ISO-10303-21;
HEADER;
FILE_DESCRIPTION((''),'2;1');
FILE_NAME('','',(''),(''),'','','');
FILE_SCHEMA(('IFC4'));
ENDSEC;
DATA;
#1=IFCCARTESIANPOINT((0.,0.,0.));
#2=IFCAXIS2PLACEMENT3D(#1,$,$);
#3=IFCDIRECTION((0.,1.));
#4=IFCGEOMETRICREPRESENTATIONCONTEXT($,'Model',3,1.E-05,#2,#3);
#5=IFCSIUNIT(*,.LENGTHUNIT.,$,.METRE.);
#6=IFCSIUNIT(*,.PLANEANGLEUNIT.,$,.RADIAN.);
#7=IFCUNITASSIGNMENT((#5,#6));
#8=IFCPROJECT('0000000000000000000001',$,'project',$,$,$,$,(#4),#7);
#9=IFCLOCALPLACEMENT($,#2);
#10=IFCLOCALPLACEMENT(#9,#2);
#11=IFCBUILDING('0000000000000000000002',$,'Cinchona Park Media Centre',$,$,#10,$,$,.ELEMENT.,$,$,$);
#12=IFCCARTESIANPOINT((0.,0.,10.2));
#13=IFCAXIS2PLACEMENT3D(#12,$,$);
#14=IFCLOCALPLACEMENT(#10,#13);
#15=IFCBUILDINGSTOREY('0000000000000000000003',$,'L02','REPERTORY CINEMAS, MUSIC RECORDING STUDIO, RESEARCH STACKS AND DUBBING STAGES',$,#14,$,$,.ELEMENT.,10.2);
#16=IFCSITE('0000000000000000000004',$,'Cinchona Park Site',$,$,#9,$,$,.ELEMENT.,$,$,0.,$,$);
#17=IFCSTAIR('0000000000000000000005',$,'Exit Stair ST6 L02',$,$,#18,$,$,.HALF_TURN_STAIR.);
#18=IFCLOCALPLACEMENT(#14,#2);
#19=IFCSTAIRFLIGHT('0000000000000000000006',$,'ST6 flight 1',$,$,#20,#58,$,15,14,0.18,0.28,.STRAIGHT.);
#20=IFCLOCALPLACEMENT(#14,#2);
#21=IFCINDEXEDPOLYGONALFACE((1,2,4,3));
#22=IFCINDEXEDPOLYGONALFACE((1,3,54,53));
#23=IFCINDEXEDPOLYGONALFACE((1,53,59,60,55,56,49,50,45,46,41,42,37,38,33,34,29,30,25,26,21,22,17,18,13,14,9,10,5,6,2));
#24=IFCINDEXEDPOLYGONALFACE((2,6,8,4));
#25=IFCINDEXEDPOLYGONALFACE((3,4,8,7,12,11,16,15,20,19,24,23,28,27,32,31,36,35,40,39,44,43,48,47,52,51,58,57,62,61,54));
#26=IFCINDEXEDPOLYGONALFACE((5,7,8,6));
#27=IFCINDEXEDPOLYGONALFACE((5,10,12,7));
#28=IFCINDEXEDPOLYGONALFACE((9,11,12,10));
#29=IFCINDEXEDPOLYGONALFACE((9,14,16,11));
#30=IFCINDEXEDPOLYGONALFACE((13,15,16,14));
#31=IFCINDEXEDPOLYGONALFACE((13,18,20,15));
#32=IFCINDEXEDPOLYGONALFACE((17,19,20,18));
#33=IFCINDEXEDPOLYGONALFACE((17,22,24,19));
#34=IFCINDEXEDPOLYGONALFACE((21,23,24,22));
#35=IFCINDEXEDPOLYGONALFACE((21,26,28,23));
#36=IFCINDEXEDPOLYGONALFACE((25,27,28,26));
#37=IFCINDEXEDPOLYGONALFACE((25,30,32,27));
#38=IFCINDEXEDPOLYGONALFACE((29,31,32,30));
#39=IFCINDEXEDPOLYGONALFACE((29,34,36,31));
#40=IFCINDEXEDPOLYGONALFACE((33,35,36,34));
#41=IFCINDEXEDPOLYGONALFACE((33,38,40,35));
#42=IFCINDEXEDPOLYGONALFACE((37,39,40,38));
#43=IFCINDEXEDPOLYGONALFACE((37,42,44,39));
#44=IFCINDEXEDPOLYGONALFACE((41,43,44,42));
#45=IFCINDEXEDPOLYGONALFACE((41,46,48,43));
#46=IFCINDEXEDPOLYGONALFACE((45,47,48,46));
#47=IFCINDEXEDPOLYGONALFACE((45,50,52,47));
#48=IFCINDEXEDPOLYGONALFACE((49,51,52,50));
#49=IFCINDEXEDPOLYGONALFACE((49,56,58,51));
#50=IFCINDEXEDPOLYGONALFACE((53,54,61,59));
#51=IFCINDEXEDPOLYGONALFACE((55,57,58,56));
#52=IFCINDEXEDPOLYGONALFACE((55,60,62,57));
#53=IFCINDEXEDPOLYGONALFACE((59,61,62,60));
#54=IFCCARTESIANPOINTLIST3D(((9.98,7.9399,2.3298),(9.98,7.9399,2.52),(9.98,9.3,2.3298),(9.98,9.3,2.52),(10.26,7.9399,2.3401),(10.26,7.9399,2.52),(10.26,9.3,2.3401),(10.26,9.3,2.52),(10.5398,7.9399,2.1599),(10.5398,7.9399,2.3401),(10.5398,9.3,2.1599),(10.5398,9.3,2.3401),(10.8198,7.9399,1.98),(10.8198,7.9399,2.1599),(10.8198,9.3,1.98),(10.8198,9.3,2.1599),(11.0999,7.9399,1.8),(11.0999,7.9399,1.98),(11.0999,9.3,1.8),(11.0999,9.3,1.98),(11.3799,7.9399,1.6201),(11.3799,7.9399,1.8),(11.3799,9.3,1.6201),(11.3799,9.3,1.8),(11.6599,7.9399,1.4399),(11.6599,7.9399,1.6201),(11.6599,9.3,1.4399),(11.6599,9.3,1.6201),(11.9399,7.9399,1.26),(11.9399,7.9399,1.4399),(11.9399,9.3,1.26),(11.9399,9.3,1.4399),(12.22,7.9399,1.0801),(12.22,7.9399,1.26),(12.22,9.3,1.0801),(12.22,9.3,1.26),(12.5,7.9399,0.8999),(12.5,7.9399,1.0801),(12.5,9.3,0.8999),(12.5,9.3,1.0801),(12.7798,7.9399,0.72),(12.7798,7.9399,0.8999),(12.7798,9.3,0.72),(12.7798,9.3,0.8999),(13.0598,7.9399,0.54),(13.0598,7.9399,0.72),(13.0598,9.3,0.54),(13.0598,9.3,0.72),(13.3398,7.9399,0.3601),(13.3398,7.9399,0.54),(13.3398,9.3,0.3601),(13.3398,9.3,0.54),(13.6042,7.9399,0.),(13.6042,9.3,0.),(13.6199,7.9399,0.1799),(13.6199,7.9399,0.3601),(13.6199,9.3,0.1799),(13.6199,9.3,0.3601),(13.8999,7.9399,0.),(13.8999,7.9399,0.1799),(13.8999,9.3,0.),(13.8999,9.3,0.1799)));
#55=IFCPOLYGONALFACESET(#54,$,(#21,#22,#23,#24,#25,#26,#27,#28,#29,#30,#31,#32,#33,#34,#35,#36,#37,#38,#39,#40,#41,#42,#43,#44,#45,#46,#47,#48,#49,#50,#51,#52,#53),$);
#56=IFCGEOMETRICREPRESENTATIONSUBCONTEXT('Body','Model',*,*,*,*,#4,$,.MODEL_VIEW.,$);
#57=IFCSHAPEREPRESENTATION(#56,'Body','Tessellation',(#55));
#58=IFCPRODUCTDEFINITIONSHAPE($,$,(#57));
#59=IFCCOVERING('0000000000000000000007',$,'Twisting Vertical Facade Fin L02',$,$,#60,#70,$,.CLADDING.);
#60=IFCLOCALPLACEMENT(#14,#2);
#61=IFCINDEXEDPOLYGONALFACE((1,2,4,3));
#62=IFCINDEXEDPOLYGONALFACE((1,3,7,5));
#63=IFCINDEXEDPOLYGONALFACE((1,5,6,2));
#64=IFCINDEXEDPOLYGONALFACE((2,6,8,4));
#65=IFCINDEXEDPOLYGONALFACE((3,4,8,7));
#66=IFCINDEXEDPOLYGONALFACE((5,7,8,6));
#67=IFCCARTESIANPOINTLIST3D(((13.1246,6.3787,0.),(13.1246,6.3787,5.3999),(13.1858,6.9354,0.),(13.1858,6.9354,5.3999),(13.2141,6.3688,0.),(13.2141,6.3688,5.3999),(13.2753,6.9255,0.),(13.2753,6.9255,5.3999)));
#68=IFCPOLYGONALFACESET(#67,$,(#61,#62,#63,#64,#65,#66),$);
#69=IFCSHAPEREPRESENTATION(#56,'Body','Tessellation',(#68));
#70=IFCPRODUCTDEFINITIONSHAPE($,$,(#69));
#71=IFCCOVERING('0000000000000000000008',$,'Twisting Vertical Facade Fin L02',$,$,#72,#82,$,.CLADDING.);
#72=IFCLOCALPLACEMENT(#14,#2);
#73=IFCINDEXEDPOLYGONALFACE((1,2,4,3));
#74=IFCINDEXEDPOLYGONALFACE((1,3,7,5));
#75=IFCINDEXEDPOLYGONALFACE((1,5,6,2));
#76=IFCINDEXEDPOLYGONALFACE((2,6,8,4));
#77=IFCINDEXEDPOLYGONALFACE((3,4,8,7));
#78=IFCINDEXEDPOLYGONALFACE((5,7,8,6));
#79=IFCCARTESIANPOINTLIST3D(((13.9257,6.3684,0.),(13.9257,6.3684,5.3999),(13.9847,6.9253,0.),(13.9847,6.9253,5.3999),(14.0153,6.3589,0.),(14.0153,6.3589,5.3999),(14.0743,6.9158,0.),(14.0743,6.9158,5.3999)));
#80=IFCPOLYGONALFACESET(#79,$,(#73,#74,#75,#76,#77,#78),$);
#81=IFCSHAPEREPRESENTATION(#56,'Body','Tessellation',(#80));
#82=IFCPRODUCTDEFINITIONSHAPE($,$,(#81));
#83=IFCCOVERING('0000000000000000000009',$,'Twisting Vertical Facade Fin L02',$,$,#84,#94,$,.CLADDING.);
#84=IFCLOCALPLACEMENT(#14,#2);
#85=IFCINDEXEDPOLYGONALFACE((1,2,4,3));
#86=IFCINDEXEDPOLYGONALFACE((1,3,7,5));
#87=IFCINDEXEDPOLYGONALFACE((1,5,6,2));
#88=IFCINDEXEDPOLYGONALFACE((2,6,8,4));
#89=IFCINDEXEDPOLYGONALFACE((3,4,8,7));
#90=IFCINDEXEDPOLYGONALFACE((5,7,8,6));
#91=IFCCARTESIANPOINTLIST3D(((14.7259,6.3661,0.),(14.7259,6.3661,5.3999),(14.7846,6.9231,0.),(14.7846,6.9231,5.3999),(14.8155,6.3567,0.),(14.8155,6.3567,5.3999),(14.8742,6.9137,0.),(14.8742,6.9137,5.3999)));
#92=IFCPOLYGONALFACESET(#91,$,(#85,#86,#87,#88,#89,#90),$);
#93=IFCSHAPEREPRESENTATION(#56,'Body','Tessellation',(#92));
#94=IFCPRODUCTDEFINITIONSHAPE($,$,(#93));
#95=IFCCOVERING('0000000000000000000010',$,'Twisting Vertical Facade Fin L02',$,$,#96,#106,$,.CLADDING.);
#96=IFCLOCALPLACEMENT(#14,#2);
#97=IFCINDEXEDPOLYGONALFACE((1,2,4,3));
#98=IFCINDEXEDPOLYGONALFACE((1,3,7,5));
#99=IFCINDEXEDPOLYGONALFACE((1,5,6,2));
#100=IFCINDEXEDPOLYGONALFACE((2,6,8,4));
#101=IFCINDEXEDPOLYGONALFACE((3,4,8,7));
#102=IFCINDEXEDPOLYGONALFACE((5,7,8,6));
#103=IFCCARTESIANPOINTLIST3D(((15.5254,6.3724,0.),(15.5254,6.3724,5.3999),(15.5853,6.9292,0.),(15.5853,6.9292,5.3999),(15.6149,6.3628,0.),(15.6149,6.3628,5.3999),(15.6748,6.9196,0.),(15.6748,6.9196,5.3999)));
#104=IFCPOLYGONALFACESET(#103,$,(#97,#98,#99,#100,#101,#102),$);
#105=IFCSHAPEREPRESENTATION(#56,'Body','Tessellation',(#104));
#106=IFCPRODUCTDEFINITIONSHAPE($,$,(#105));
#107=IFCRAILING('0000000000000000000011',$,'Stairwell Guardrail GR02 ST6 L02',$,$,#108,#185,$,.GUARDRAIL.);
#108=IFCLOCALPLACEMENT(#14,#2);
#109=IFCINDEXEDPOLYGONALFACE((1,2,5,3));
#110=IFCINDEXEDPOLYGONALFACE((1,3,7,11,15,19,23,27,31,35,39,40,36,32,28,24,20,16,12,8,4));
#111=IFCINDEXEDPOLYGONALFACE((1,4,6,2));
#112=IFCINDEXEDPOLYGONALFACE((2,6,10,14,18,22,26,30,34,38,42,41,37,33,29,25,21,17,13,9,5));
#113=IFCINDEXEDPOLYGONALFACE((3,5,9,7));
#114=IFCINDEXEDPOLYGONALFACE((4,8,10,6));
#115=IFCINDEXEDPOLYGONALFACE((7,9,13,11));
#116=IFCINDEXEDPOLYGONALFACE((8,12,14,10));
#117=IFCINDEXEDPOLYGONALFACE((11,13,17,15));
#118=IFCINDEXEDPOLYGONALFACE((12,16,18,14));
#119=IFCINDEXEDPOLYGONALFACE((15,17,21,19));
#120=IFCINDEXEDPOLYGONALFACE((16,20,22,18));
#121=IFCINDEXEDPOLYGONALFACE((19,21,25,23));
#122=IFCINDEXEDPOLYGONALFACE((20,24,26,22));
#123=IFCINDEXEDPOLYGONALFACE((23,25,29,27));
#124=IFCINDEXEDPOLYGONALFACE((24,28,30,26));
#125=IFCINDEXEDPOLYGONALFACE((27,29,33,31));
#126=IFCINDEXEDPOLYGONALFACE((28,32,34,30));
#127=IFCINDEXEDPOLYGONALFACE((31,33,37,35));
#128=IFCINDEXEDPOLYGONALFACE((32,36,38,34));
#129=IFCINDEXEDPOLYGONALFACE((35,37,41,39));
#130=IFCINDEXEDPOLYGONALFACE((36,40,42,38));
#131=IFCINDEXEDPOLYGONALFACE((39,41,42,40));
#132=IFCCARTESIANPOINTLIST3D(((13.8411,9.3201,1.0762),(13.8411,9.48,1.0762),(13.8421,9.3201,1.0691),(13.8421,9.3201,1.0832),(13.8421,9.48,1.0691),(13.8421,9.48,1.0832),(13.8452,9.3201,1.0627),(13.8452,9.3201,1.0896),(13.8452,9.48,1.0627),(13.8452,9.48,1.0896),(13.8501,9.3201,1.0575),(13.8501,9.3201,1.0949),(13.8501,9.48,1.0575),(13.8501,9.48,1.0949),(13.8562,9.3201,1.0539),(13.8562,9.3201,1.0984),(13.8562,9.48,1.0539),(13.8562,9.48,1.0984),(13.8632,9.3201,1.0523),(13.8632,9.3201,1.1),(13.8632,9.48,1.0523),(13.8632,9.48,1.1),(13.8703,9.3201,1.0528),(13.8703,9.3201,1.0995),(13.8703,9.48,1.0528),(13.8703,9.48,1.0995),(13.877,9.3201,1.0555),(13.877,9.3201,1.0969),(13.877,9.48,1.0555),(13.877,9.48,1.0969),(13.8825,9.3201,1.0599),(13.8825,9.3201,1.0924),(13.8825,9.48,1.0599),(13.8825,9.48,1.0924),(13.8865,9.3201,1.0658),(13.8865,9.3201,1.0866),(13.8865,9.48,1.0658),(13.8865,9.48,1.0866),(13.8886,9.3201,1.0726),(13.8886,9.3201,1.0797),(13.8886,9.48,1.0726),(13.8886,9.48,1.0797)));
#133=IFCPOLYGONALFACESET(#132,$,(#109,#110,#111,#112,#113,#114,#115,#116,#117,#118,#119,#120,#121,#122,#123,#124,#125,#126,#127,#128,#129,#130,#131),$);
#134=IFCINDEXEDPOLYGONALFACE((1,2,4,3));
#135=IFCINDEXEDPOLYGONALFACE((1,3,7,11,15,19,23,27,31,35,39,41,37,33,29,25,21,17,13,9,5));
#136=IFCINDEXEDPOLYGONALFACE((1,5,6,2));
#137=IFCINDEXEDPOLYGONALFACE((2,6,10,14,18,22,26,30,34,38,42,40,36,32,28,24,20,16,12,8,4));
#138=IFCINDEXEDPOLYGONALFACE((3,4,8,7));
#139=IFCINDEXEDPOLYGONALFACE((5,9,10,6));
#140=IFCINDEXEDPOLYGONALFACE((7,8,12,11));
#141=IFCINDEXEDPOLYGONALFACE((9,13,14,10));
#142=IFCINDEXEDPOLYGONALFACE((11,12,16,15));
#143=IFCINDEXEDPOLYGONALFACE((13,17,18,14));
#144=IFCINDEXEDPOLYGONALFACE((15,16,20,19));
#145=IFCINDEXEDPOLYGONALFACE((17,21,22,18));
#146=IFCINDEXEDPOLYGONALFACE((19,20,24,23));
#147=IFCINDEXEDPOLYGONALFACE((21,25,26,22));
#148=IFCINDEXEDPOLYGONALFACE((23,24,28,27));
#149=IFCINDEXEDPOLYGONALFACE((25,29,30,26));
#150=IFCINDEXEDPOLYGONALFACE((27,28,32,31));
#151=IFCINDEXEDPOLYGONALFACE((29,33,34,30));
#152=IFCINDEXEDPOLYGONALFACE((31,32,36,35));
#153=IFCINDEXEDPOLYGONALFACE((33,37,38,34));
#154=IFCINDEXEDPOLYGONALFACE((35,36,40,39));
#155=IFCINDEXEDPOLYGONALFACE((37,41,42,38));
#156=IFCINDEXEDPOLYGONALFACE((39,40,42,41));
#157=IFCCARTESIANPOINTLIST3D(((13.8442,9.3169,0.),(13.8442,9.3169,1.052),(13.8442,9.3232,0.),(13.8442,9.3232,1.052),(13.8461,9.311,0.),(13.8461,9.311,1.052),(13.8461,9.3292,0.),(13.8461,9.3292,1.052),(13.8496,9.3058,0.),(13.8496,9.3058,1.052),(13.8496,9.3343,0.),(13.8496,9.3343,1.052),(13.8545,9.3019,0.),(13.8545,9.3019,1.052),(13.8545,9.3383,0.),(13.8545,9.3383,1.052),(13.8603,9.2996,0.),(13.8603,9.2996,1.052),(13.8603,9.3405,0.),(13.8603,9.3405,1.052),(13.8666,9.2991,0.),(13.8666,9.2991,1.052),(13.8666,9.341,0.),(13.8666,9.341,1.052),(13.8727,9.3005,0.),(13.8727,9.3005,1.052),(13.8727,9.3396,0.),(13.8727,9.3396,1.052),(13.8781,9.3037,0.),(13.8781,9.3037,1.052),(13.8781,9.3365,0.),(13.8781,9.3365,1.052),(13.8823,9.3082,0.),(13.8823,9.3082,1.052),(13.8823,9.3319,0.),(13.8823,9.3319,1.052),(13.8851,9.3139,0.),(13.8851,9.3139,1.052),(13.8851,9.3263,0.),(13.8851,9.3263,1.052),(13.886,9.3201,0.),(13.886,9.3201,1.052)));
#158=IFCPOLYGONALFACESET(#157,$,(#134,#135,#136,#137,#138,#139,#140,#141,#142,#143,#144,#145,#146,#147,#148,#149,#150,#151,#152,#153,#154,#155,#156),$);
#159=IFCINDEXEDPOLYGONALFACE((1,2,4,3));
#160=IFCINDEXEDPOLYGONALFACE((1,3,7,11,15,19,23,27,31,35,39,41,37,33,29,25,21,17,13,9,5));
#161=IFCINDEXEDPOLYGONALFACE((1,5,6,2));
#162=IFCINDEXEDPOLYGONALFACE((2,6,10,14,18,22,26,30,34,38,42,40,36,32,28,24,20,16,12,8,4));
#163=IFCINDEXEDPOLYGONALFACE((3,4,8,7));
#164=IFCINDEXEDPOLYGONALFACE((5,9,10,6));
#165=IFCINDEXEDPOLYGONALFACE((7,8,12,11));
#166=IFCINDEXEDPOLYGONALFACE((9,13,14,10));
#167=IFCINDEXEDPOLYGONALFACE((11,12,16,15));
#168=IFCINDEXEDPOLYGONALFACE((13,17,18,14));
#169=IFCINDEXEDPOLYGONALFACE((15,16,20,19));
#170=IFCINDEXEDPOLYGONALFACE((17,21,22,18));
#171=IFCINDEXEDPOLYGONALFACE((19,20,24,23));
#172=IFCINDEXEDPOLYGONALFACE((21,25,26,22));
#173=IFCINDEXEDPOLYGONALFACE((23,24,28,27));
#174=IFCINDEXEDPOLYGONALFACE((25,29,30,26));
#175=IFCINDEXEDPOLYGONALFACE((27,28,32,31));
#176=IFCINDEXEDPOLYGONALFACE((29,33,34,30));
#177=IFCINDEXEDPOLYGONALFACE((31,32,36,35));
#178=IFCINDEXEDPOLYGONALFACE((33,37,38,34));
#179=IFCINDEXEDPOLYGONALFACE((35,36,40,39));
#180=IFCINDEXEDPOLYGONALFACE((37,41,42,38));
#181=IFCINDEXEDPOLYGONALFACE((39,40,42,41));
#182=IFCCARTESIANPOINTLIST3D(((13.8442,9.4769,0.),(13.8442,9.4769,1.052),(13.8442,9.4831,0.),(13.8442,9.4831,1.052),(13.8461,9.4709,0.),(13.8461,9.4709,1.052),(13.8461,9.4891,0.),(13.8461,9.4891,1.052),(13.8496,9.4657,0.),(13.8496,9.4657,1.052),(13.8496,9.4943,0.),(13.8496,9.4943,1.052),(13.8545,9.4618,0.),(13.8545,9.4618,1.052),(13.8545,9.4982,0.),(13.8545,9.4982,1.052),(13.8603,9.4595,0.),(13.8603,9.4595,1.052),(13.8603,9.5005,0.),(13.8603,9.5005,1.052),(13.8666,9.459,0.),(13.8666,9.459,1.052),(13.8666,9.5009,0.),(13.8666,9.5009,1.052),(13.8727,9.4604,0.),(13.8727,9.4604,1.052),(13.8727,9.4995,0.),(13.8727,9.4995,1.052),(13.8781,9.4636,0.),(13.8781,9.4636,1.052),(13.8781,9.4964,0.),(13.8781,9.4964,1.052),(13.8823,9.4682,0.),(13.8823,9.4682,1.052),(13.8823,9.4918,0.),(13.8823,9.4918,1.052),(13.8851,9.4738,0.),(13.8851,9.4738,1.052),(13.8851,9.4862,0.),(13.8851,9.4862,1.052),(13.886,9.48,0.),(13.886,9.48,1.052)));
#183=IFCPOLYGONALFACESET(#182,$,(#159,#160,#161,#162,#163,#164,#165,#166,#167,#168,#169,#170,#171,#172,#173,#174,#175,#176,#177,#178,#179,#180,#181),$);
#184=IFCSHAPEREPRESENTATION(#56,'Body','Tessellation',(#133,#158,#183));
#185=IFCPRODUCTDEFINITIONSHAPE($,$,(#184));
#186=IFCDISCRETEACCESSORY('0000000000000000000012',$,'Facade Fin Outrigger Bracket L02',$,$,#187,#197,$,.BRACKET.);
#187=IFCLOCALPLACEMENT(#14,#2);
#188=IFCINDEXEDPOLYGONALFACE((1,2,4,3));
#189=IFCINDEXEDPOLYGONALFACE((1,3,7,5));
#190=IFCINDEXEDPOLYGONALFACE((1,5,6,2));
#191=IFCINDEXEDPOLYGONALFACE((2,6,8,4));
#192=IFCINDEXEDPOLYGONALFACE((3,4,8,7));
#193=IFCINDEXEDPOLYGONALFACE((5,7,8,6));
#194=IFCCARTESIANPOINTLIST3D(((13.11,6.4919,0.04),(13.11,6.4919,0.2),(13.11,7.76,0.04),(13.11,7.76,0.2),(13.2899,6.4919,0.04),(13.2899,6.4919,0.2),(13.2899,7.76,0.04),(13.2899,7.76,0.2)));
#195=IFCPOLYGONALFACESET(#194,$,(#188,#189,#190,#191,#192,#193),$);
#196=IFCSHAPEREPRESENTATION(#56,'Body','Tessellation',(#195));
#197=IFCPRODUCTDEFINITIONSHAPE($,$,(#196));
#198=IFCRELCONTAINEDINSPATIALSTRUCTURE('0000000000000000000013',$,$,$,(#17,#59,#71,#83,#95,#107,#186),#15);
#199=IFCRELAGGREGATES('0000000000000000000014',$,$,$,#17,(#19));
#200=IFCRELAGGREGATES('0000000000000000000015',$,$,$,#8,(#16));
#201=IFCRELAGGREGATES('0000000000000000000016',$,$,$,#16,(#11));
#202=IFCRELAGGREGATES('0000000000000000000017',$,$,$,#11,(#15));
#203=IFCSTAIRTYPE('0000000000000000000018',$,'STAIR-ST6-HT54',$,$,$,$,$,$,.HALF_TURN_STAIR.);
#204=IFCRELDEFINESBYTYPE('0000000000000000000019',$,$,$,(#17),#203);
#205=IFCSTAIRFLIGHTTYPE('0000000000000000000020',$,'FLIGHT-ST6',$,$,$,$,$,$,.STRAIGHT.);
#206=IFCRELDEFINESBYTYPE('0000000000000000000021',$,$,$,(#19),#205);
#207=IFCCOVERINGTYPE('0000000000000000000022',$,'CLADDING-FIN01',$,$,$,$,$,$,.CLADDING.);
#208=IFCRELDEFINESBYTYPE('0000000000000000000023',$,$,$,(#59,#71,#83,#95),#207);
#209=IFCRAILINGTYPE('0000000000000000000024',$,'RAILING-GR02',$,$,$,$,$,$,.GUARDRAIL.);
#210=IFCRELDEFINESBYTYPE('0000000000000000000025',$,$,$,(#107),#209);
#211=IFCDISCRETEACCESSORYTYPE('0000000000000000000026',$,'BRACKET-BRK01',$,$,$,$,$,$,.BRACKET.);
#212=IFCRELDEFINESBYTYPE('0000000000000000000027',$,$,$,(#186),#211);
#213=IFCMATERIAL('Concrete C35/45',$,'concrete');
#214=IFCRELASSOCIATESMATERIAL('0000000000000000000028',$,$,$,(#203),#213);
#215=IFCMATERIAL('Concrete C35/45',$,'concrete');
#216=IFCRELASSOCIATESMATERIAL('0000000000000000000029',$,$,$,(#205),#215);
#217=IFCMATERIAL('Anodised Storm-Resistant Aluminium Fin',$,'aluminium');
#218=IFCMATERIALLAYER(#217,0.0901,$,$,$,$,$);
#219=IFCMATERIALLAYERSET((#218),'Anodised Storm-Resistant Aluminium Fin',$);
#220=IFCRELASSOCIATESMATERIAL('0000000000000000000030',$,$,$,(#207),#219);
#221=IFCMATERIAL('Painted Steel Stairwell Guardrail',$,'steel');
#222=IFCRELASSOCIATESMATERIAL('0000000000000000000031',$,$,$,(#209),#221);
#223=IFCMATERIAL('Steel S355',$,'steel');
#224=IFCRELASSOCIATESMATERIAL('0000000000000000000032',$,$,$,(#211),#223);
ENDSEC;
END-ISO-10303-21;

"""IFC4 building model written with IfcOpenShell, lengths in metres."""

from ifc_helpers import new_model, si_unit, direction, frame, origin, origin_2d, place, context, subcontext, project, spatial, polyline, rectangle, circle, outline, extrude, material, layer, layer_set, type_object, element, aggregate, save


model = new_model("IFC4")

# Units and contexts
model_context = context("Model", 3, precision=1e-05, world=origin(), true_north=direction((0.0, 1.0)))
body_context = subcontext(model_context, "Body", "Model", "MODEL_VIEW")
ifc_project = project(units=[si_unit("LENGTHUNIT", "METRE"), si_unit("PLANEANGLEUNIT", "RADIAN")], contexts=[model_context])

# Site, building, storey
site_placement = place(None, origin())
site = spatial("IfcSite", under=ifc_project, at=site_placement, Name="Cinchona Park Site", CompositionType="ELEMENT", RefElevation=0.0)
building_placement = place(site_placement, origin())
building = spatial("IfcBuilding", under=site, at=building_placement, Name="Cinchona Park Media Centre", CompositionType="ELEMENT")
storey_placement = place(building_placement, frame((0.0, 0.0, 10.2)))
storey = spatial("IfcBuildingStorey", under=building, at=storey_placement, Name="L02", Description="REPERTORY CINEMAS, MUSIC RECORDING STUDIO, RESEARCH STACKS AND DUBBING STAGES", CompositionType="ELEMENT", Elevation=10.2)

# Stair, stair flight
ifc_material_1 = material(Name="Concrete C35/45", Category="concrete")
stair_type = type_object("IfcStairType", Name="STAIR-ST6-HT54", PredefinedType="HALF_TURN_STAIR", material=ifc_material_1)
stair_placement = place(storey_placement, origin())
stair = element("IfcStair", 1, at=stair_placement, inside=storey, type_object=stair_type, Name="Exit Stair ST6 L02", PredefinedType="HALF_TURN_STAIR")
ifc_material_2 = material(Name="Concrete C35/45", Category="concrete")
stair_flight_type = type_object("IfcStairFlightType", Name="FLIGHT-ST6", PredefinedType="STRAIGHT", material=ifc_material_2)
stair_flight_placement = place(storey_placement, frame((13.8999, 8.6201, 0.0), z_axis=(0.0, 0.0, 1.0), x_axis=(-1.0, 0.0, 0.0)))
stair_flight = element("IfcStairFlight", 2, at=stair_flight_placement, type_object=stair_flight_type, Name="ST6 flight 1", NumberOfRisers=15, NumberOfTreads=14, PredefinedType="STRAIGHT", RiserHeight=0.18, TreadLength=0.28, context=body_context, shape_type="SweptSolid", body=[
    extrude(outline(polyline([(0.0, 0.0), (0.0, 0.1799), (0.28, 0.1799), (0.28, 0.3601), (0.5601, 0.3601), (0.5601, 0.54), (0.8401, 0.54), (0.8401, 0.72), (1.1201, 0.72), (1.1201, 0.8999), (1.3999, 0.8999), (1.3999, 1.0801), (1.6799, 1.0801), (1.6799, 1.26), (1.96, 1.26), (1.96, 1.4399), (2.24, 1.4399), (2.24, 1.6201), (2.52, 1.6201), (2.52, 1.8), (2.8, 1.8), (2.8, 1.98), (3.0801, 1.98), (3.0801, 2.1599), (3.3601, 2.1599), (3.3601, 2.3401), (3.6399, 2.3401), (3.6399, 2.52), (3.9199, 2.52), (3.9199, 2.7), (3.9199, 2.3298), (0.2957, 0.0), (0.0, 0.0)])), frame((0.0, 0.6802, 0.0), z_axis=(0.0, -1.0, 0.0), x_axis=(1.0, 0.0, 0.0)), (0.0, 0.0, 1.0), 1.3601),
])
aggregate(stair, [stair_flight])

# Coverings
ifc_material_3 = material(Name="Anodised Storm-Resistant Aluminium Fin", Category="aluminium")
ifc_layer_1 = layer(ifc_material_3, 0.0901)
ifc_layer_set_1 = layer_set([ifc_layer_1], Name="Anodised Storm-Resistant Aluminium Fin")
covering_type = type_object("IfcCoveringType", Name="CLADDING-FIN01", PredefinedType="CLADDING", material=ifc_layer_set_1)
for number, where, z_axis, x_axis, name in (
    (3, (13.2, 6.6521, 0.0), (0.0, 0.0, 1.0), (0.109214, 0.994018, 0.0), "Twisting Vertical Facade Fin L02"),
    (4, (14.0, 6.6421, 0.0), (0.0, 0.0, 1.0), (0.105396, 0.99443, 0.0), "Twisting Vertical Facade Fin L02"),
    (5, (14.8, 6.6399, 0.0), (0.0, 0.0, 1.0), (0.104702, 0.994504, 0.0), "Twisting Vertical Facade Fin L02"),
    (6, (15.6001, 6.646, 0.0), (0.0, 0.0, 1.0), (0.106958, 0.994264, 0.0), "Twisting Vertical Facade Fin L02"),
):
    element("IfcCovering", number, at=place(storey_placement, frame(where, z_axis=z_axis, x_axis=x_axis)), inside=storey, type_object=covering_type, Name=name, PredefinedType="CLADDING", context=body_context, shape_type="SweptSolid", body=[
        extrude(rectangle(XDim=0.5601, YDim=0.0901, at=origin_2d()), origin(), (0.0, 0.0, 1.0), 5.3999),
    ])

# Railing
ifc_material_4 = material(Name="Painted Steel Stairwell Guardrail", Category="steel")
railing_type = type_object("IfcRailingType", Name="RAILING-GR02", PredefinedType="GUARDRAIL", material=ifc_material_4)
railing_placement = place(storey_placement, frame((13.865, 9.3201, 0.0)))
element("IfcRailing", 7, at=railing_placement, inside=storey, type_object=railing_type, Name="Stairwell Guardrail GR02 ST6 L02", PredefinedType="GUARDRAIL", context=body_context, shape_type="SweptSolid", body=[
    extrude(circle(Radius=0.0239, at=origin_2d()), frame((0.0, 0.0, 1.0762), z_axis=(0.0, 1.0, 0.0), x_axis=(-1.0, 0.0, 0.0)), (0.0, 0.0, 1.0), 0.1599),
    extrude(circle(Radius=0.021, at=origin_2d()), origin(), (0.0, 0.0, 1.0), 1.052),
    extrude(circle(Radius=0.021, at=origin_2d()), frame((0.0, 0.1599, 0.0)), (0.0, 0.0, 1.0), 1.052),
])

# Discrete accessory
ifc_material_5 = material(Name="Steel S355", Category="steel")
discrete_accessory_type = type_object("IfcDiscreteAccessoryType", Name="BRACKET-BRK01", PredefinedType="BRACKET", material=ifc_material_5)
discrete_accessory_1_placement = place(storey_placement, frame((13.2, 7.126, 0.04), z_axis=(0.0, 0.0, 1.0), x_axis=(1.0, 0.0, 0.0)))
element("IfcDiscreteAccessory", 8, at=discrete_accessory_1_placement, inside=storey, type_object=discrete_accessory_type, Name="Facade Fin Outrigger Bracket L02", PredefinedType="BRACKET", context=body_context, shape_type="SweptSolid", body=[
    extrude(rectangle(XDim=0.1799, YDim=1.2681, at=origin_2d()), origin(), (0.0, 0.0, 1.0), 0.1599),
])

save(model, "model.ifc")
